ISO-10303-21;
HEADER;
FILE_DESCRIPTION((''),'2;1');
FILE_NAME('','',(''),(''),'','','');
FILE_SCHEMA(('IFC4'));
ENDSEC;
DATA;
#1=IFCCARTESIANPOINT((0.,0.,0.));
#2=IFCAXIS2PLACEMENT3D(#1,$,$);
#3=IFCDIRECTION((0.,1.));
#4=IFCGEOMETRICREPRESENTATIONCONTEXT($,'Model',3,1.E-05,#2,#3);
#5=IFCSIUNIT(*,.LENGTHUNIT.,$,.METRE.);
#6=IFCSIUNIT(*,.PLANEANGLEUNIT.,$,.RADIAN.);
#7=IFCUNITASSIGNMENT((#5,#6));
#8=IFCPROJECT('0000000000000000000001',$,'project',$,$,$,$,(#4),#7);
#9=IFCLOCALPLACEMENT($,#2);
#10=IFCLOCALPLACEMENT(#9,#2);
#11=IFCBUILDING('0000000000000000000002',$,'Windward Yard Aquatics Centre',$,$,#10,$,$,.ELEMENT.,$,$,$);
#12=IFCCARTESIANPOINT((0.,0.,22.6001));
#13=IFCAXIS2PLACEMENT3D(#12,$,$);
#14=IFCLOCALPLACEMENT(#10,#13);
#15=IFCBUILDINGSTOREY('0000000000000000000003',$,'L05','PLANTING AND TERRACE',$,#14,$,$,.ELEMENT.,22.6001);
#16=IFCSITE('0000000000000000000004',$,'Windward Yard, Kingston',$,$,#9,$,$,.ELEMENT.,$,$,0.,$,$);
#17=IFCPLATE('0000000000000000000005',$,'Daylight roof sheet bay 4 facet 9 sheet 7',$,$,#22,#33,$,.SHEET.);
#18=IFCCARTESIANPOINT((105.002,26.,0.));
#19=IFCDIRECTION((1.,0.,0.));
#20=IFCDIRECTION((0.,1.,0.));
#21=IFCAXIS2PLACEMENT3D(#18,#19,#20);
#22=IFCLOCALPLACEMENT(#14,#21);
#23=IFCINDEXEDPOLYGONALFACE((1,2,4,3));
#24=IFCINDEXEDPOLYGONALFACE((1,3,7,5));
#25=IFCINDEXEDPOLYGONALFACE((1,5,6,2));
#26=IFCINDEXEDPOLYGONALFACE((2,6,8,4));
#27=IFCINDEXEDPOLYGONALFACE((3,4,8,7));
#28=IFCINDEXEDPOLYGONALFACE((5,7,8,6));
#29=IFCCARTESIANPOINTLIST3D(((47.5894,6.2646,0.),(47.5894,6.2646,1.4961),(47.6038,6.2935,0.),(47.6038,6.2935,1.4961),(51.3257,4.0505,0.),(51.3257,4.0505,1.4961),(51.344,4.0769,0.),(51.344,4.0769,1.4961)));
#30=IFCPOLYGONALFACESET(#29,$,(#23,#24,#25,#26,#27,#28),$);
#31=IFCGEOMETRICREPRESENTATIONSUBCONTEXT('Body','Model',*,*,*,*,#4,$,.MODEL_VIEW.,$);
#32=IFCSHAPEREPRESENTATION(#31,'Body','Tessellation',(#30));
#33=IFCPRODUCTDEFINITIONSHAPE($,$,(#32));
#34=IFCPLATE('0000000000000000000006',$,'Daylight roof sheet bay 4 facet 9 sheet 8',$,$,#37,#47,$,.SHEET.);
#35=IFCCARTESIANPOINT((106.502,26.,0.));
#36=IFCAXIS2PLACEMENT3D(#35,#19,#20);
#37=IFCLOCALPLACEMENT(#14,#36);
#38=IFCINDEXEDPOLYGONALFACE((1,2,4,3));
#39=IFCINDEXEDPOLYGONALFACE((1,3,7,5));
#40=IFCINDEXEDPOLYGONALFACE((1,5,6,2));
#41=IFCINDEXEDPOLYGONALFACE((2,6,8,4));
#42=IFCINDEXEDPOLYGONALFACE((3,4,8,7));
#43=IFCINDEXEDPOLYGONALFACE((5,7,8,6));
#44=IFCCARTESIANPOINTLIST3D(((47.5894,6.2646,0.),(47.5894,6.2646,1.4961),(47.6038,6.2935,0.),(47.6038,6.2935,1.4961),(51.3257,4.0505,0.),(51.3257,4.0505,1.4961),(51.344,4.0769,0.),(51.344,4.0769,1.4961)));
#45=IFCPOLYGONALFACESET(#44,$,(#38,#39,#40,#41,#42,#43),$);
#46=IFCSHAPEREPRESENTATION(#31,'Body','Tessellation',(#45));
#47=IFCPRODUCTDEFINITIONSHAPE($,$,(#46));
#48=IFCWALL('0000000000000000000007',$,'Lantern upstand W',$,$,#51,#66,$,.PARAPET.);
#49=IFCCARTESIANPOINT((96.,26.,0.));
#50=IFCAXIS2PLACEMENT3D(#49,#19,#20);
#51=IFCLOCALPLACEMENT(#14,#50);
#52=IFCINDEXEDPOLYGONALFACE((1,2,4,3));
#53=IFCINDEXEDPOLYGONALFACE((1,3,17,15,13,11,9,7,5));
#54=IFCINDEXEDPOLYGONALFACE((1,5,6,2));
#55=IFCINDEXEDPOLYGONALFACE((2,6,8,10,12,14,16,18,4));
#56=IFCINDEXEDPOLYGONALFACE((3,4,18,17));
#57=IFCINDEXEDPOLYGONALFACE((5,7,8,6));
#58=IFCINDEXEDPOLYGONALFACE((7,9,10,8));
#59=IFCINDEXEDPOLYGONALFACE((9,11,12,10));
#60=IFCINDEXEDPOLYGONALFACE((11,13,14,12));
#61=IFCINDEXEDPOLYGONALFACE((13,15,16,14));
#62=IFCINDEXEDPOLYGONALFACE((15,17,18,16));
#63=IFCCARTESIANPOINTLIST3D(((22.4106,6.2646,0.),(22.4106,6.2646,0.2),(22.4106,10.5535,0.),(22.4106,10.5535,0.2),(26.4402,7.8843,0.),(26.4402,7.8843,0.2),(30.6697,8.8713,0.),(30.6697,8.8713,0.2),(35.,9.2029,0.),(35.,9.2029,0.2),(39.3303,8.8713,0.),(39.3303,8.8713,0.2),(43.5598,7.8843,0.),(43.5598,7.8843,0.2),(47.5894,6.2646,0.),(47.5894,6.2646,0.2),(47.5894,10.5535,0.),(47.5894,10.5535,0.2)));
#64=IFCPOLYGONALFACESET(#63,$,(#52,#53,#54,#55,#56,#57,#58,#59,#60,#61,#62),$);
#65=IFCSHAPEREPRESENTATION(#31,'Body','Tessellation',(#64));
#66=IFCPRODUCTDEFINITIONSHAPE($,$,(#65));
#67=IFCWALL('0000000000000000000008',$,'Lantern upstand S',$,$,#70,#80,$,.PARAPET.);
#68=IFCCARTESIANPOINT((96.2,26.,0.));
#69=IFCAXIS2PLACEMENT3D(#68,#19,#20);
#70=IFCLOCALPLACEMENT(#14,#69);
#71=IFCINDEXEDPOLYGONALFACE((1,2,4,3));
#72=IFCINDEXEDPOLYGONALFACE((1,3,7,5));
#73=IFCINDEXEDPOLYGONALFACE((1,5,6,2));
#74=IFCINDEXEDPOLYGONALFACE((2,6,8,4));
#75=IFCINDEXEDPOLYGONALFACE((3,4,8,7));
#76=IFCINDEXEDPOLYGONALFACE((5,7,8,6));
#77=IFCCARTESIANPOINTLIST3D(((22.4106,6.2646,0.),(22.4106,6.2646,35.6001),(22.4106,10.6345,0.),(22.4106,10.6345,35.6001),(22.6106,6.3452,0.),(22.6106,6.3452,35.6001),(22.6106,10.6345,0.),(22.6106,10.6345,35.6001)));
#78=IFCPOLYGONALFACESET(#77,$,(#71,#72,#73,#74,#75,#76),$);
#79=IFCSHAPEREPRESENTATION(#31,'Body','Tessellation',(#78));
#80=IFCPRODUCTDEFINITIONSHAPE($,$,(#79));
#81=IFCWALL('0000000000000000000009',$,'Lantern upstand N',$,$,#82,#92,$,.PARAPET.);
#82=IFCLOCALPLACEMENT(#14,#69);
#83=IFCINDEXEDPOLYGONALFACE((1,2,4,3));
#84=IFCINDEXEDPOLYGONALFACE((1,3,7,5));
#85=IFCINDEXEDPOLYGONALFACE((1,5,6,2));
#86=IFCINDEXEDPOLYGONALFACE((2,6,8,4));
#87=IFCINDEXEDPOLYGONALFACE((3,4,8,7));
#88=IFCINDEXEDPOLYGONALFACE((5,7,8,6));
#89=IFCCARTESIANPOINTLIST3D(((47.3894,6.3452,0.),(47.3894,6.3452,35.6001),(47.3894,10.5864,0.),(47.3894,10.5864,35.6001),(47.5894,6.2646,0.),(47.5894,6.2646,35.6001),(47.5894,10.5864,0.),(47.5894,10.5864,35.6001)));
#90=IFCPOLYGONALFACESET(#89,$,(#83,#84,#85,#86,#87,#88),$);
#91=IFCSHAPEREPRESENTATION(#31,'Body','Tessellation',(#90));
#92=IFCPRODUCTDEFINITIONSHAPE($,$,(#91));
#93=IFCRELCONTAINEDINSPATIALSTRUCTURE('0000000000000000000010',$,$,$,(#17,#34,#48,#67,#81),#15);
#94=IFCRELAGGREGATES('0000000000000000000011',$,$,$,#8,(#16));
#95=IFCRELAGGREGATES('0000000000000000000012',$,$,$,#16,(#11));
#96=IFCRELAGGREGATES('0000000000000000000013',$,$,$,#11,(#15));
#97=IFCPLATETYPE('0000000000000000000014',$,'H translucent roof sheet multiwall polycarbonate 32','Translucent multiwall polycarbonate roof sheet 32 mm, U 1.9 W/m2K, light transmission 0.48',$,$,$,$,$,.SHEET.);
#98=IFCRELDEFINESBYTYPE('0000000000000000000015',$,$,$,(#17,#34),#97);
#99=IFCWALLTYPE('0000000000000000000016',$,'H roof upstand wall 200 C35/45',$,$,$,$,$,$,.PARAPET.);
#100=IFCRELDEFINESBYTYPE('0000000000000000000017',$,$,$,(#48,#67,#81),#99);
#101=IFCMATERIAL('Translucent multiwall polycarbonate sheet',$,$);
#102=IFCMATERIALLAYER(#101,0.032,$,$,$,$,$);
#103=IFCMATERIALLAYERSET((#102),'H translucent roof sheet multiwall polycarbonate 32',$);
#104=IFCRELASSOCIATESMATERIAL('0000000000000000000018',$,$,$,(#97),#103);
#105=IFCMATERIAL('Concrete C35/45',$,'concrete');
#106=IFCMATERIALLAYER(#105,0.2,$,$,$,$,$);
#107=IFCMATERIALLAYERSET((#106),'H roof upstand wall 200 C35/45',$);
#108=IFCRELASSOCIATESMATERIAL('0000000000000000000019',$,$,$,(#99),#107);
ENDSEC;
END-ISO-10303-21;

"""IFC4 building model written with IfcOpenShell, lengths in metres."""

from ifc_helpers import new_model, si_unit, direction, frame, origin, place, context, subcontext, project, spatial, polyline, outline, extrude, material, layer, layer_set, type_object, element, save


model = new_model("IFC4")

# Units and contexts
model_context = context("Model", 3, precision=1e-05, world=origin(), true_north=direction((0.0, 1.0)))
body_context = subcontext(model_context, "Body", "Model", "MODEL_VIEW")
ifc_project = project(units=[si_unit("LENGTHUNIT", "METRE"), si_unit("PLANEANGLEUNIT", "RADIAN")], contexts=[model_context])

# Site, building, storey
site_placement = place(None, origin())
site = spatial("IfcSite", under=ifc_project, at=site_placement, Name="Windward Yard, Kingston", CompositionType="ELEMENT", RefElevation=0.0)
building_placement = place(site_placement, origin())
building = spatial("IfcBuilding", under=site, at=building_placement, Name="Windward Yard Aquatics Centre", CompositionType="ELEMENT")
storey_placement = place(building_placement, frame((0.0, 0.0, 22.6001)))
storey = spatial("IfcBuildingStorey", under=building, at=storey_placement, Name="L05", Description="PLANTING AND TERRACE", CompositionType="ELEMENT", Elevation=22.6001)

# Plates
ifc_material_1 = material(Name="Translucent multiwall polycarbonate sheet")
ifc_layer_1 = layer(ifc_material_1, 0.032)
ifc_layer_set_1 = layer_set([ifc_layer_1], Name="H translucent roof sheet multiwall polycarbonate 32")
plate_type = type_object("IfcPlateType", Name="H translucent roof sheet multiwall polycarbonate 32", Description="Translucent multiwall polycarbonate roof sheet 32 mm, U 1.9 W/m2K, light transmission 0.48", PredefinedType="SHEET", material=ifc_layer_set_1)
for number, where, z_axis, x_axis, name in (
    (1, (105.002, 26.0, 0.0), (1.0, 0.0, 0.0), (0.0, 1.0, 0.0), "Daylight roof sheet bay 4 facet 9 sheet 7"),
    (2, (106.502, 26.0, 0.0), (1.0, 0.0, 0.0), (0.0, 1.0, 0.0), "Daylight roof sheet bay 4 facet 9 sheet 8"),
):
    element("IfcPlate", number, at=place(storey_placement, frame(where, z_axis=z_axis, x_axis=x_axis)), inside=storey, type_object=plate_type, Name=name, PredefinedType="SHEET", context=body_context, shape_type="SweptSolid", body=[
        extrude(outline(polyline([(47.5894, 6.2646), (51.3257, 4.0505), (51.344, 4.0769), (47.6038, 6.2935), (47.5894, 6.2646)])), origin(), (0.0, 0.0, 1.0), 1.4961),
    ])

# Walls
ifc_material_2 = material(Name="Concrete C35/45", Category="concrete")
ifc_layer_2 = layer(ifc_material_2, 0.2)
ifc_layer_set_2 = layer_set([ifc_layer_2], Name="H roof upstand wall 200 C35/45")
wall_type_1 = type_object("IfcWallType", Name="H roof upstand wall 200 C35/45", PredefinedType="PARAPET", material=ifc_layer_set_2)
wall_1_placement = place(storey_placement, frame((96.0, 26.0, 0.0), z_axis=(1.0, 0.0, 0.0), x_axis=(0.0, 1.0, 0.0)))
element("IfcWall", 3, at=wall_1_placement, inside=storey, type_object=wall_type_1, Name="Lantern upstand W", PredefinedType="PARAPET", context=body_context, shape_type="SweptSolid", body=[
    extrude(outline(polyline([(22.4106, 6.2646), (26.4402, 7.8843), (30.6697, 8.8713), (35.0, 9.2029), (39.3303, 8.8713), (43.5598, 7.8843), (47.5894, 6.2646), (47.5894, 10.5535), (22.4106, 10.5535), (22.4106, 6.2646)])), origin(), (0.0, 0.0, 1.0), 0.2),
])
wall_2_placement = place(storey_placement, frame((96.2, 26.0, 0.0), z_axis=(1.0, 0.0, 0.0), x_axis=(0.0, 1.0, 0.0)))
element("IfcWall", 4, at=wall_2_placement, inside=storey, type_object=wall_type_1, Name="Lantern upstand S", PredefinedType="PARAPET", context=body_context, shape_type="SweptSolid", body=[
    extrude(outline(polyline([(22.4106, 6.2646), (22.6106, 6.3452), (22.6106, 10.6345), (22.4106, 10.6345), (22.4106, 6.2646)])), origin(), (0.0, 0.0, 1.0), 35.6001),
])
wall_3_placement = place(storey_placement, frame((96.2, 26.0, 0.0), z_axis=(1.0, 0.0, 0.0), x_axis=(0.0, 1.0, 0.0)))
element("IfcWall", 5, at=wall_3_placement, inside=storey, type_object=wall_type_1, Name="Lantern upstand N", PredefinedType="PARAPET", context=body_context, shape_type="SweptSolid", body=[
    extrude(outline(polyline([(47.3894, 6.3452), (47.5894, 6.2646), (47.5894, 10.5864), (47.3894, 10.5864), (47.3894, 6.3452)])), origin(), (0.0, 0.0, 1.0), 35.6001),
])

save(model, "model.ifc")
